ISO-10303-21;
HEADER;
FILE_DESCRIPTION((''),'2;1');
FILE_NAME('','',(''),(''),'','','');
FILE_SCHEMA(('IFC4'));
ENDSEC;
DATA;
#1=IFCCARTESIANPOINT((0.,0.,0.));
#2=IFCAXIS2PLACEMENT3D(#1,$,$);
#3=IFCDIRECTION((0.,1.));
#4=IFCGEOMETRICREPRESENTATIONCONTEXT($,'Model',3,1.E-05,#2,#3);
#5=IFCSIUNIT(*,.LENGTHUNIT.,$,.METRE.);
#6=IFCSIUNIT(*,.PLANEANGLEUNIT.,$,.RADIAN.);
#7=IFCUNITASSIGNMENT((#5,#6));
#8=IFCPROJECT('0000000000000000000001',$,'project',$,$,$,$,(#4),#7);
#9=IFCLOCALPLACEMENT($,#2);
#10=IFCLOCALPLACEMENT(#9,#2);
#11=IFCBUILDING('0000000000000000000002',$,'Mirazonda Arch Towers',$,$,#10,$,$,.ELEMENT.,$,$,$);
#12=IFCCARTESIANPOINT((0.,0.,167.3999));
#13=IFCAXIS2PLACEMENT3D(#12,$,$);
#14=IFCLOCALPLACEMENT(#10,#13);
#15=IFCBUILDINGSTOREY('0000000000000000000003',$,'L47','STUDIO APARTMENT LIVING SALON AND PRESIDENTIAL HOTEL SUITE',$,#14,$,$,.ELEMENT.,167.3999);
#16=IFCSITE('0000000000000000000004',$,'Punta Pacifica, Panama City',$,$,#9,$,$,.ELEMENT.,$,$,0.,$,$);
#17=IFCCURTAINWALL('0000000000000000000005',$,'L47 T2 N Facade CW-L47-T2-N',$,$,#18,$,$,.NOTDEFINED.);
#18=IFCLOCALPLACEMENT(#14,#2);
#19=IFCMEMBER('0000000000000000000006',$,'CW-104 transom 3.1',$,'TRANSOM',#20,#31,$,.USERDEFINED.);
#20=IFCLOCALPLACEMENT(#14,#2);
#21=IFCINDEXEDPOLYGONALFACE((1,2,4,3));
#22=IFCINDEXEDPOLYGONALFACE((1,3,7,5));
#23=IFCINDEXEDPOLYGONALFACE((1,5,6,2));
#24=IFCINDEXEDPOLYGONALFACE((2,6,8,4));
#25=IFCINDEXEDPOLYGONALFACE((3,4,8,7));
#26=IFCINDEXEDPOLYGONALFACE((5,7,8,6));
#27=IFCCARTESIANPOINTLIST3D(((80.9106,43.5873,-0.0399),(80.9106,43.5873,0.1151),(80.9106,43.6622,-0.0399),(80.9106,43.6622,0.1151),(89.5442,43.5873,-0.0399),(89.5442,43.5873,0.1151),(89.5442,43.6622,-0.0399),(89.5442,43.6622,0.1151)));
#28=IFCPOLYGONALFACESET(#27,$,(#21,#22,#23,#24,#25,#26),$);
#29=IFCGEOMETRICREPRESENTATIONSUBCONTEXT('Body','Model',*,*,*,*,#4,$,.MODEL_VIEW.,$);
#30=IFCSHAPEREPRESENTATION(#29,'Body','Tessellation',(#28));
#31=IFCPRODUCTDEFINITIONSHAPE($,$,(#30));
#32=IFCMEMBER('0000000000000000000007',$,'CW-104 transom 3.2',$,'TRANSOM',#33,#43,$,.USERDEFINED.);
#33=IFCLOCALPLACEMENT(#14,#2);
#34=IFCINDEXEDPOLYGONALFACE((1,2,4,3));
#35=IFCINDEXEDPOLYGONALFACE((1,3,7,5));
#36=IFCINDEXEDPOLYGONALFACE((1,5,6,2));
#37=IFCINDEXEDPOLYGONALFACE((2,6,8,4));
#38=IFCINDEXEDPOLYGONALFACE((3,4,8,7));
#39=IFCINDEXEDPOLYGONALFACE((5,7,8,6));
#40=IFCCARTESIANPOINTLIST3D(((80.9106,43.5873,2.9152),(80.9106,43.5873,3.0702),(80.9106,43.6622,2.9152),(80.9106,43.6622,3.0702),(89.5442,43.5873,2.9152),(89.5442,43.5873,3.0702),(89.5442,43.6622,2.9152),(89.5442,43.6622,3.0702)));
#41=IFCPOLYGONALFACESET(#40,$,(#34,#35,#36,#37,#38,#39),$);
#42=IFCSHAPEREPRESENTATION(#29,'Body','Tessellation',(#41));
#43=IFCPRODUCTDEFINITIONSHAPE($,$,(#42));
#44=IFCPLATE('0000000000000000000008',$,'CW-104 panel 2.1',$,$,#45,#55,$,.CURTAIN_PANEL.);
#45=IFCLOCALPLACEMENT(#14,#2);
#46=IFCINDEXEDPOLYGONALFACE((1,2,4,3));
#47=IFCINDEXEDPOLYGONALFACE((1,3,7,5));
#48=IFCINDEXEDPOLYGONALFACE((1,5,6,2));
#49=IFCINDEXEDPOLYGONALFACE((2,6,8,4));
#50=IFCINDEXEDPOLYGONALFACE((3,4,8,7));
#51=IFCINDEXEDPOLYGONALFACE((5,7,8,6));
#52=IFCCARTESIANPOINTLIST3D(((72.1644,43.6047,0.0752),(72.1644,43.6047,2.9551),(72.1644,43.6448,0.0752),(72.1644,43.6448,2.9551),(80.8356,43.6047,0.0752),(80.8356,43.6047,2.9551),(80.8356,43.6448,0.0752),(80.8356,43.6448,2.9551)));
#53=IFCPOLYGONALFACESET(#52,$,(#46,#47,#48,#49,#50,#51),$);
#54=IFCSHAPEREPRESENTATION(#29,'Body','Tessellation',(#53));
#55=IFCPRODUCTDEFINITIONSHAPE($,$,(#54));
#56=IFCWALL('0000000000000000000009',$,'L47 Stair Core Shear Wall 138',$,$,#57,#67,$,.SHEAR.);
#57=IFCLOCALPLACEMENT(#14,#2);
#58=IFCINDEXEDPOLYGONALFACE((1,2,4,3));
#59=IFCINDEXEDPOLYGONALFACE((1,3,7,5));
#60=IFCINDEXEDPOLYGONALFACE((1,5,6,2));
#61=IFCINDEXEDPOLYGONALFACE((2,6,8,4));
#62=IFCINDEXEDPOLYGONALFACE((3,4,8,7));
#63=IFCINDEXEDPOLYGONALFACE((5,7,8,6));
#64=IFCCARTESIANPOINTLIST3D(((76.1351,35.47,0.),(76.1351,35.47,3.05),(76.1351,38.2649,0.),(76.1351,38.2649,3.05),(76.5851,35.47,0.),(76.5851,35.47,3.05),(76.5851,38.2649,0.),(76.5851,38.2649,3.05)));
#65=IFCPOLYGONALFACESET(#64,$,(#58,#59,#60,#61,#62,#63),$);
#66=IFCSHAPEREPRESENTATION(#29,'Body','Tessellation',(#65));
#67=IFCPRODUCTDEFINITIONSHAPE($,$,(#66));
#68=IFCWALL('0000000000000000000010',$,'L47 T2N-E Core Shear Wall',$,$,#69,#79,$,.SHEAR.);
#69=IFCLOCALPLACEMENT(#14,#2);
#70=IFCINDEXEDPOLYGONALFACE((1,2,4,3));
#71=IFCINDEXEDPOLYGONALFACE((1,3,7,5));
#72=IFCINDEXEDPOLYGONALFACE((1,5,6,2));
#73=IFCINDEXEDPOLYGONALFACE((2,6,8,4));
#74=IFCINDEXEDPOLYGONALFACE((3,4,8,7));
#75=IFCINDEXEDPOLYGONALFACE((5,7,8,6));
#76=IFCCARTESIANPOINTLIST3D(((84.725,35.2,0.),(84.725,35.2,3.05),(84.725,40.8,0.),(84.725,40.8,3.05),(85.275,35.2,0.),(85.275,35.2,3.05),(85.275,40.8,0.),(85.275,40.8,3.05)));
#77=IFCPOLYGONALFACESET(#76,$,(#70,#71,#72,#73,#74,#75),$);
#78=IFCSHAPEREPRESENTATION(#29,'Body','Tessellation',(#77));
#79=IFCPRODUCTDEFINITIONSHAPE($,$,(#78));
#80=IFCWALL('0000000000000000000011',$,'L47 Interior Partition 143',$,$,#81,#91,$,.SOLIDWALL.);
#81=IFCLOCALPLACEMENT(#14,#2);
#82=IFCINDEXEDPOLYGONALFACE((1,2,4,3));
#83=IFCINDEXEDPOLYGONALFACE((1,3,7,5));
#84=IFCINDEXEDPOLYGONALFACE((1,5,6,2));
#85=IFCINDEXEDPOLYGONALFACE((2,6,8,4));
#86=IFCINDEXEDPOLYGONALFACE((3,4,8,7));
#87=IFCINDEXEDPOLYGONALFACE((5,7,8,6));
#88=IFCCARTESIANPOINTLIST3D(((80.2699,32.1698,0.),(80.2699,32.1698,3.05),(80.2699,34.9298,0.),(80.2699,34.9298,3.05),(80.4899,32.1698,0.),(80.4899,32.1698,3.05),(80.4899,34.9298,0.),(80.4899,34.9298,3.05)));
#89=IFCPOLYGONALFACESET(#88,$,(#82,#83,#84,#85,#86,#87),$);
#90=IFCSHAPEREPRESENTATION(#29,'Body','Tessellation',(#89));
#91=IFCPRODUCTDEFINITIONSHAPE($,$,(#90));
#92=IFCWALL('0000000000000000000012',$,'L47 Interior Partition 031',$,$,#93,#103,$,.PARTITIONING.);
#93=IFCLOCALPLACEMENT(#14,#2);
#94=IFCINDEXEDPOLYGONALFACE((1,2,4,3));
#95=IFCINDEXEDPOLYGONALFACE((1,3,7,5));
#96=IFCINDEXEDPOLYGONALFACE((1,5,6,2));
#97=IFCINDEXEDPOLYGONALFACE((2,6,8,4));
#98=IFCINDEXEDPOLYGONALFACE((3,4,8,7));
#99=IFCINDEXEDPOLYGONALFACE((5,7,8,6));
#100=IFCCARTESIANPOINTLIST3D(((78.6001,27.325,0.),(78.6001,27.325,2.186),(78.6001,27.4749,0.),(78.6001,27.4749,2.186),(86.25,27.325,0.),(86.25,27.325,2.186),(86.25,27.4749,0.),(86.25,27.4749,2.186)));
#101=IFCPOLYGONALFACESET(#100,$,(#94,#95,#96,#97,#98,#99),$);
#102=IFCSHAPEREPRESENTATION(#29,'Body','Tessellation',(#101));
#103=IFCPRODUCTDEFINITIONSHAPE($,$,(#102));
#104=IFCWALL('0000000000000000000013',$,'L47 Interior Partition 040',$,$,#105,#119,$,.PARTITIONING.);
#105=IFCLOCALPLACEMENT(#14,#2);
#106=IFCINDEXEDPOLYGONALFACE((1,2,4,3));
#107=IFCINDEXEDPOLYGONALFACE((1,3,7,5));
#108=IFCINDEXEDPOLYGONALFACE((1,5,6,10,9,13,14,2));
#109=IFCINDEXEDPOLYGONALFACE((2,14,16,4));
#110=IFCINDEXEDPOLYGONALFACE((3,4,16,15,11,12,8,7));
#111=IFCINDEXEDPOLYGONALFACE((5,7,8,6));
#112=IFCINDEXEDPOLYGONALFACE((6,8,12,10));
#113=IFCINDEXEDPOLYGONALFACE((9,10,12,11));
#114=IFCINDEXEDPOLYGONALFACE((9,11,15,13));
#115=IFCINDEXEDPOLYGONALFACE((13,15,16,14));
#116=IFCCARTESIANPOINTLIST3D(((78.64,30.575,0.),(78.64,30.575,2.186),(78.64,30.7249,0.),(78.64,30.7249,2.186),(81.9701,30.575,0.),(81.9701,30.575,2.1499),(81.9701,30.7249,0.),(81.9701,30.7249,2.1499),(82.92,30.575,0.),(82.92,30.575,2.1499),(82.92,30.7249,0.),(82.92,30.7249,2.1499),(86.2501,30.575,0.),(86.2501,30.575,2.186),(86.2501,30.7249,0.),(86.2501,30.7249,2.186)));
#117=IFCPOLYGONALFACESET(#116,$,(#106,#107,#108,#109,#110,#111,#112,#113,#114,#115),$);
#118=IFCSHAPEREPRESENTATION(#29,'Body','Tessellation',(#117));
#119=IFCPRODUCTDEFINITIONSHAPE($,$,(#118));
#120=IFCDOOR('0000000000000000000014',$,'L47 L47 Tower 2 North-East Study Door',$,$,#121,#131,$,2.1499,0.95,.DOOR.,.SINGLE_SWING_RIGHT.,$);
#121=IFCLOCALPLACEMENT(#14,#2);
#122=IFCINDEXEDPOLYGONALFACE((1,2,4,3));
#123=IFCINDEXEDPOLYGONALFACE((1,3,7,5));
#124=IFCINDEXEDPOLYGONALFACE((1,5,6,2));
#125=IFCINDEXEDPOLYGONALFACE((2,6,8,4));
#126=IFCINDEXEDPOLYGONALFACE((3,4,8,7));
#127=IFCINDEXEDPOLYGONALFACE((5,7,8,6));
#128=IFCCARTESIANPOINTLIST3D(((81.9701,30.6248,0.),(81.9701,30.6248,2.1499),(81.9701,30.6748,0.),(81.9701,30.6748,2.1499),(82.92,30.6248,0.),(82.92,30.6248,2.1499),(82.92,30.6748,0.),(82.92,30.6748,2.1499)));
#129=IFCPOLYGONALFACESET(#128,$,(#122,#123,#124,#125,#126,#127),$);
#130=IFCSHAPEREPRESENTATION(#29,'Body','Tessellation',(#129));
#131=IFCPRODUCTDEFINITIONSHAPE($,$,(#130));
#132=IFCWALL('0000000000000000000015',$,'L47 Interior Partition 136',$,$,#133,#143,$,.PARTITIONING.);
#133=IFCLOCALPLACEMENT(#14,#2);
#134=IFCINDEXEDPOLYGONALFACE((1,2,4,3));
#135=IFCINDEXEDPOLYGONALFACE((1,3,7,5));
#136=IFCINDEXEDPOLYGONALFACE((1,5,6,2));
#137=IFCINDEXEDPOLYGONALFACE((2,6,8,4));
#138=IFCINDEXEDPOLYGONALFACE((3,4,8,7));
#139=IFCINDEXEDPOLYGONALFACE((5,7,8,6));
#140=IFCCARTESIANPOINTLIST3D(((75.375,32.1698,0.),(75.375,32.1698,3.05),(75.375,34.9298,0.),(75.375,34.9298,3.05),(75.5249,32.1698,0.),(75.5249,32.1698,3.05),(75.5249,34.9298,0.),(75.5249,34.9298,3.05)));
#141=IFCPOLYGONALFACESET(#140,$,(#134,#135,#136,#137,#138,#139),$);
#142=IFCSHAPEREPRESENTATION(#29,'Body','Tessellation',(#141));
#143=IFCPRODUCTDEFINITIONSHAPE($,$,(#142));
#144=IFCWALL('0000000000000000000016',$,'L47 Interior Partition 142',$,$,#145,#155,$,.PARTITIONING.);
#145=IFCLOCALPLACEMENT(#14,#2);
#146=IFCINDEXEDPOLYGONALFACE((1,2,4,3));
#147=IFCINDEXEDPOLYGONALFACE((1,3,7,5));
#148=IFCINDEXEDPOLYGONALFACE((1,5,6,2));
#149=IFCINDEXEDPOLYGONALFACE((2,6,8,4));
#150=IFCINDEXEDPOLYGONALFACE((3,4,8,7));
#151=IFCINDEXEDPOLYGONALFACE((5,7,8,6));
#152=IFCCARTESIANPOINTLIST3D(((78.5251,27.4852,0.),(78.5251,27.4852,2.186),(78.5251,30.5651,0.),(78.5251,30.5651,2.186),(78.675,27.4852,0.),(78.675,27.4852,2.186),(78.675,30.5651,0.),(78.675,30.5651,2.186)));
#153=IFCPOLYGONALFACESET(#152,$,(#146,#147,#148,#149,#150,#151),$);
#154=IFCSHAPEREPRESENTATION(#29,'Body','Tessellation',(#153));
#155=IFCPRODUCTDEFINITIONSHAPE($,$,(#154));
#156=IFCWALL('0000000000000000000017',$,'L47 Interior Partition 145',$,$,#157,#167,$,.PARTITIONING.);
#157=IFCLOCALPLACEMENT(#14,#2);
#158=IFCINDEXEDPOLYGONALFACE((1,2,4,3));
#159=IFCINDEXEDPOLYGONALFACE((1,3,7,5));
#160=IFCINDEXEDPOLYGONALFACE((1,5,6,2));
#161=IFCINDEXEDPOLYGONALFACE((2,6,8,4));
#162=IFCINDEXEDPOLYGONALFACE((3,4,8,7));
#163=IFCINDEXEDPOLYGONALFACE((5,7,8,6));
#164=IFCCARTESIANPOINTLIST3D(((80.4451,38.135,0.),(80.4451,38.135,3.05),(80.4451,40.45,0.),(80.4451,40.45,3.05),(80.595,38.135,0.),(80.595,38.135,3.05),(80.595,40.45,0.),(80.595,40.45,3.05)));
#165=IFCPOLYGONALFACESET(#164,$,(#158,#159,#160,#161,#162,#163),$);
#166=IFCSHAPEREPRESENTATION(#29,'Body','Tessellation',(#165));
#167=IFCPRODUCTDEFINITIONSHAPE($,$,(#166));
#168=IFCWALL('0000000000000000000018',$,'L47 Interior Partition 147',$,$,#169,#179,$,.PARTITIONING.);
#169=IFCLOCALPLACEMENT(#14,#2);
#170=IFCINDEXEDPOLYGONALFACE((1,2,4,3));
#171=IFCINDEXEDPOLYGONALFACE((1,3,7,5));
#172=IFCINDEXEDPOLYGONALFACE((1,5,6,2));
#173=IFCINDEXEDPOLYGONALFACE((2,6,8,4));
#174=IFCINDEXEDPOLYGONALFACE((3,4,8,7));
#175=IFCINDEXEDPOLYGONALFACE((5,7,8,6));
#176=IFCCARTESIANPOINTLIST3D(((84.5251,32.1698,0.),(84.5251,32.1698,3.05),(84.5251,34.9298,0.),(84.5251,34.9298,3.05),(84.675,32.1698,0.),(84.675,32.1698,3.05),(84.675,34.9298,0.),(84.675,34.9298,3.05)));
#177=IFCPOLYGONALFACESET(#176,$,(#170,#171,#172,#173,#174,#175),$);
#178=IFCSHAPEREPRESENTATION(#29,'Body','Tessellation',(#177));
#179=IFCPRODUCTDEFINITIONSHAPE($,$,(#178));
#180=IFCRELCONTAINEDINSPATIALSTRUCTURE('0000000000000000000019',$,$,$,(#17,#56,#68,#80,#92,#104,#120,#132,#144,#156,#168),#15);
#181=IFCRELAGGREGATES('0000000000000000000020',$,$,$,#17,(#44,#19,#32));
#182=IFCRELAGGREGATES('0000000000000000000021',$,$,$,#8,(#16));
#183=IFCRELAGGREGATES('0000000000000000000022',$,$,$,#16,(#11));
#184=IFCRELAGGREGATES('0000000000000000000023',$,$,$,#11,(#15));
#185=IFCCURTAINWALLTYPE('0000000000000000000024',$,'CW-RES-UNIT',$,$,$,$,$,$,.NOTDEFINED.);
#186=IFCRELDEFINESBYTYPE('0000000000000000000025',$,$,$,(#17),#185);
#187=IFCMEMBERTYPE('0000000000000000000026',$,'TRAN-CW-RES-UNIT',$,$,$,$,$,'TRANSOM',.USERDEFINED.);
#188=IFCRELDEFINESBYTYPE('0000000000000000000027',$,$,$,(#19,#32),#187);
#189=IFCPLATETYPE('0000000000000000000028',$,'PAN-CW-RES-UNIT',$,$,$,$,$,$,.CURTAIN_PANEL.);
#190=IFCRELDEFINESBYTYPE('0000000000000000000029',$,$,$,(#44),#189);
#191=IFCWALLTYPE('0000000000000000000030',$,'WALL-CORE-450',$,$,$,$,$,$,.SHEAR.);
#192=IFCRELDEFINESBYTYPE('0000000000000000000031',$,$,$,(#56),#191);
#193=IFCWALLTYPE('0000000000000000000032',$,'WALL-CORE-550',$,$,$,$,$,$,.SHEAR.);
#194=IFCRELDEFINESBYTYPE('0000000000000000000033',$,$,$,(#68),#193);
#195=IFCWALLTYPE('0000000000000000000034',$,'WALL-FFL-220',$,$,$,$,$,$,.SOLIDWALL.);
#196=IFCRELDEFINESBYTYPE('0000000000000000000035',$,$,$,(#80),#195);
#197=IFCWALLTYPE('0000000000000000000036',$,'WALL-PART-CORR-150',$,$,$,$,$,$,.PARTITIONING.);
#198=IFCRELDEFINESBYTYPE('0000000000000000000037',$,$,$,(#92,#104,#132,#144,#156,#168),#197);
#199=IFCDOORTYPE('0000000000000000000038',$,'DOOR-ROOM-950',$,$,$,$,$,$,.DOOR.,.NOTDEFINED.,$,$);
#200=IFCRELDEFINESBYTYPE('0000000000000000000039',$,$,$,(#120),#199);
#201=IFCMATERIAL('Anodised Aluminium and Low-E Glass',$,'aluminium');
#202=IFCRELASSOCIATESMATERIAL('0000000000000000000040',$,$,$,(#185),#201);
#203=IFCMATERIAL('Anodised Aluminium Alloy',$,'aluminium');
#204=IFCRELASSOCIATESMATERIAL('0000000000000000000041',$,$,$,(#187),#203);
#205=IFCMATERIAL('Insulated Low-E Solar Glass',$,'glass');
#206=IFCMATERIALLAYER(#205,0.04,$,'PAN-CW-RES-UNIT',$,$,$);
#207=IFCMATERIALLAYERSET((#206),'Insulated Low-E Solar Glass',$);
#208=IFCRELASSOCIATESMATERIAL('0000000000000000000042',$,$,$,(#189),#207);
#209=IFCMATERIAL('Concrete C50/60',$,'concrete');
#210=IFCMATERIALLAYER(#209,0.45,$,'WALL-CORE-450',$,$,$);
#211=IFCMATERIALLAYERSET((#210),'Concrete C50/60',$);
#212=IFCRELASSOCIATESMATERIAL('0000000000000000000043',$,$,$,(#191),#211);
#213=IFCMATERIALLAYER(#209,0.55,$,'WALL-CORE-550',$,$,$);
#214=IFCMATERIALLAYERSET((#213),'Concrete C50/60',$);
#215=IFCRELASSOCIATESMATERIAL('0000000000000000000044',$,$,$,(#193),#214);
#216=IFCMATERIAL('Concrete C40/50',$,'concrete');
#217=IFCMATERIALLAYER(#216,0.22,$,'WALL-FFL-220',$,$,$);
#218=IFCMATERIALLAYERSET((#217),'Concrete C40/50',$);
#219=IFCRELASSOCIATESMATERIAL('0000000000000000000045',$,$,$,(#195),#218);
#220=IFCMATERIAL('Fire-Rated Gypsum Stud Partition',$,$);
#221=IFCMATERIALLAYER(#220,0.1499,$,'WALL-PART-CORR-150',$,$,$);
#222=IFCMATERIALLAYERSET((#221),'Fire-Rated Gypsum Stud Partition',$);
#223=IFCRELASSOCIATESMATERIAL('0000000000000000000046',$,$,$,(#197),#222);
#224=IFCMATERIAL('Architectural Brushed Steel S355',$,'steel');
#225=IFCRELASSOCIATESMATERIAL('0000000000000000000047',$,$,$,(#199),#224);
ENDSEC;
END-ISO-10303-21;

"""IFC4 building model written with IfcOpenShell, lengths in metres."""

from ifc_helpers import new_model, si_unit, direction, frame, frame_2d, origin, origin_2d, place, context, subcontext, project, spatial, rectangle, extrude, material, layer, layer_set, material_profile, profile_set, type_object, element, fill, aggregate, save


model = new_model("IFC4")

# Units and contexts
model_context = context("Model", 3, precision=1e-05, world=origin(), true_north=direction((0.0, 1.0)))
body_context = subcontext(model_context, "Body", "Model", "MODEL_VIEW")
ifc_project = project(units=[si_unit("LENGTHUNIT", "METRE"), si_unit("PLANEANGLEUNIT", "RADIAN")], contexts=[model_context])

# Site, building, storey
site_placement = place(None, origin())
site = spatial("IfcSite", under=ifc_project, at=site_placement, Name="Punta Pacifica, Panama City", CompositionType="ELEMENT", RefElevation=0.0)
building_placement = place(site_placement, origin())
building = spatial("IfcBuilding", under=site, at=building_placement, Name="Mirazonda Arch Towers", CompositionType="ELEMENT")
storey_placement = place(building_placement, frame((0.0, 0.0, 167.3999)))
storey = spatial("IfcBuildingStorey", under=building, at=storey_placement, Name="L47", Description="STUDIO APARTMENT LIVING SALON AND PRESIDENTIAL HOTEL SUITE", CompositionType="ELEMENT", Elevation=167.3999)

# Shared definitions
ifc_material_1 = material(Name="Concrete C50/60", Category="concrete")

# Curtain wall, members, plate
ifc_material_2 = material(Name="Anodised Aluminium and Low-E Glass", Category="aluminium")
curtain_wall_type = type_object("IfcCurtainWallType", Name="CW-RES-UNIT", PredefinedType="NOTDEFINED", material=ifc_material_2)
curtain_wall_placement = place(storey_placement, origin())
curtain_wall = element("IfcCurtainWall", 1, at=curtain_wall_placement, inside=storey, type_object=curtain_wall_type, Name="L47 T2 N Facade CW-L47-T2-N", PredefinedType="NOTDEFINED")
ifc_material_3 = material(Name="Anodised Aluminium Alloy", Category="aluminium")
ifc_material_profile_1 = material_profile(ifc_material_3, rectangle(XDim=0.075, YDim=0.155, at=origin_2d()), Name="ALU-TRAN-75x155")
ifc_profile_set_1 = profile_set([ifc_material_profile_1], Name="Anodised Aluminium Alloy")
member_type_1 = type_object("IfcMemberType", Name="TRAN-CW-RES-UNIT", ElementType="TRANSOM", PredefinedType="USERDEFINED", material=ifc_profile_set_1)
member_1_placement = place(storey_placement, frame((80.9106, 43.6248, 0.0376), z_axis=(1.0, 0.0, 0.0), x_axis=(0.0, 1.0, 0.0)))
member_1 = element("IfcMember", 2, at=member_1_placement, type_object=member_type_1, Name="CW-104 transom 3.1", ObjectType="TRANSOM", PredefinedType="USERDEFINED", context=body_context, shape_type="SweptSolid", body=[
    extrude(rectangle(XDim=0.075, YDim=0.155, at=origin_2d()), origin(), (0.0, 0.0, 1.0), 8.6335),
])
member_2_placement = place(storey_placement, frame((80.9106, 43.6248, 2.9927), z_axis=(1.0, 0.0, 0.0), x_axis=(0.0, 1.0, 0.0)))
member_2 = element("IfcMember", 3, at=member_2_placement, type_object=member_type_1, Name="CW-104 transom 3.2", ObjectType="TRANSOM", PredefinedType="USERDEFINED", context=body_context, shape_type="SweptSolid", body=[
    extrude(rectangle(XDim=0.075, YDim=0.155, at=origin_2d()), origin(), (0.0, 0.0, 1.0), 8.6335),
])
ifc_material_4 = material(Name="Insulated Low-E Solar Glass", Category="glass")
ifc_layer_1 = layer(ifc_material_4, 0.04, Name="PAN-CW-RES-UNIT")
ifc_layer_set_1 = layer_set([ifc_layer_1], Name="Insulated Low-E Solar Glass")
plate_type = type_object("IfcPlateType", Name="PAN-CW-RES-UNIT", PredefinedType="CURTAIN_PANEL", material=ifc_layer_set_1)
plate_placement = place(storey_placement, frame((76.5, 43.6248, 0.0752), z_axis=(0.0, 0.0, 1.0), x_axis=(1.0, 0.0, 0.0)))
plate = element("IfcPlate", 4, at=plate_placement, type_object=plate_type, Name="CW-104 panel 2.1", PredefinedType="CURTAIN_PANEL", context=body_context, shape_type="SweptSolid", body=[
    extrude(rectangle(XDim=8.6711, YDim=0.04, at=origin_2d()), origin(), (0.0, 0.0, 1.0), 2.8799),
])
aggregate(curtain_wall, [plate, member_1, member_2])

# Walls
ifc_layer_2 = layer(ifc_material_1, 0.45, Name="WALL-CORE-450")
ifc_layer_set_2 = layer_set([ifc_layer_2], Name="Concrete C50/60")
wall_type_1 = type_object("IfcWallType", Name="WALL-CORE-450", PredefinedType="SHEAR", material=ifc_layer_set_2)
wall_1_placement = place(storey_placement, frame((76.3601, 35.47, 0.0), z_axis=(0.0, 0.0, 1.0), x_axis=(0.0, 1.0, 0.0)))
element("IfcWall", 5, at=wall_1_placement, inside=storey, type_object=wall_type_1, Name="L47 Stair Core Shear Wall 138", PredefinedType="SHEAR", context=body_context, shape_type="SweptSolid", body=[
    extrude(rectangle(XDim=2.7949, YDim=0.45, at=frame_2d((1.3975, 0.0))), origin(), (0.0, 0.0, 1.0), 3.05),
])
ifc_layer_3 = layer(ifc_material_1, 0.55, Name="WALL-CORE-550")
ifc_layer_set_3 = layer_set([ifc_layer_3], Name="Concrete C50/60")
wall_type_2 = type_object("IfcWallType", Name="WALL-CORE-550", PredefinedType="SHEAR", material=ifc_layer_set_3)
wall_2_placement = place(storey_placement, frame((85.0, 35.2, 0.0), z_axis=(0.0, 0.0, 1.0), x_axis=(0.0, 1.0, 0.0)))
element("IfcWall", 6, at=wall_2_placement, inside=storey, type_object=wall_type_2, Name="L47 T2N-E Core Shear Wall", PredefinedType="SHEAR", context=body_context, shape_type="SweptSolid", body=[
    extrude(rectangle(XDim=5.6001, YDim=0.55, at=frame_2d((2.8, 0.0))), origin(), (0.0, 0.0, 1.0), 3.05),
])
ifc_material_5 = material(Name="Concrete C40/50", Category="concrete")
ifc_layer_4 = layer(ifc_material_5, 0.22, Name="WALL-FFL-220")
ifc_layer_set_4 = layer_set([ifc_layer_4], Name="Concrete C40/50")
wall_type_3 = type_object("IfcWallType", Name="WALL-FFL-220", PredefinedType="SOLIDWALL", material=ifc_layer_set_4)
wall_3_placement = place(storey_placement, frame((80.3799, 32.1699, 0.0), z_axis=(0.0, 0.0, 1.0), x_axis=(0.0, 1.0, 0.0)))
element("IfcWall", 7, at=wall_3_placement, inside=storey, type_object=wall_type_3, Name="L47 Interior Partition 143", PredefinedType="SOLIDWALL", context=body_context, shape_type="SweptSolid", body=[
    extrude(rectangle(XDim=2.76, YDim=0.22, at=frame_2d((1.3799, 0.0))), origin(), (0.0, 0.0, 1.0), 3.05),
])
ifc_material_6 = material(Name="Fire-Rated Gypsum Stud Partition")
ifc_layer_5 = layer(ifc_material_6, 0.1499, Name="WALL-PART-CORR-150")
ifc_layer_set_5 = layer_set([ifc_layer_5], Name="Fire-Rated Gypsum Stud Partition")
wall_type_4 = type_object("IfcWallType", Name="WALL-PART-CORR-150", PredefinedType="PARTITIONING", material=ifc_layer_set_5)
wall_4_placement = place(storey_placement, frame((78.6001, 27.3999, 0.0), z_axis=(0.0, 0.0, 1.0), x_axis=(1.0, 0.0, 0.0)))
element("IfcWall", 8, at=wall_4_placement, inside=storey, type_object=wall_type_4, Name="L47 Interior Partition 031", PredefinedType="PARTITIONING", context=body_context, shape_type="SweptSolid", body=[
    extrude(rectangle(XDim=7.6499, YDim=0.1499, at=frame_2d((3.825, 0.0))), origin(), (0.0, 0.0, 1.0), 2.186),
])

# Wall, opening, door
wall_5_placement = place(storey_placement, frame((78.6399, 30.6499, 0.0), z_axis=(0.0, 0.0, 1.0), x_axis=(1.0, 0.0, 0.0)))
wall_5 = element("IfcWall", 9, at=wall_5_placement, inside=storey, type_object=wall_type_4, Name="L47 Interior Partition 040", PredefinedType="PARTITIONING", context=body_context, shape_type="SweptSolid", body=[
    extrude(rectangle(XDim=7.6101, YDim=0.1499, at=frame_2d((3.8052, 0.0))), origin(), (0.0, 0.0, 1.0), 2.186),
])
opening_placement = place(wall_5_placement, frame((3.3301, 0.0, 0.0)))
opening = element("IfcOpeningElement", 10, at=opening_placement, cuts=wall_5, PredefinedType="OPENING", context=body_context, shape_type="SweptSolid", body=[
    extrude(rectangle(XDim=0.95, YDim=2.1499, at=frame_2d((0.4751, 1.075))), frame((0.0, 0.085, 0.0), z_axis=(0.0, -1.0, 0.0), x_axis=(1.0, 0.0, 0.0)), (0.0, 0.0, 1.0), 0.1699),
])
ifc_material_7 = material(Name="Architectural Brushed Steel S355", Category="steel")
door_type = type_object("IfcDoorType", Name="DOOR-ROOM-950", OperationType="NOTDEFINED", PredefinedType="DOOR", material=ifc_material_7)
door_placement = place(opening_placement, origin())
door = element("IfcDoor", 11, at=door_placement, inside=storey, type_object=door_type, Name="L47 L47 Tower 2 North-East Study Door", OperationType="SINGLE_SWING_RIGHT", OverallHeight=2.1499, OverallWidth=0.95, PredefinedType="DOOR", context=body_context, shape_type="SweptSolid", body=[
    extrude(rectangle(XDim=0.95, YDim=2.1499, at=frame_2d((0.4751, 1.075))), frame((0.0, 0.0249, 0.0), z_axis=(0.0, -1.0, 0.0), x_axis=(1.0, 0.0, 0.0)), (0.0, 0.0, 1.0), 0.05),
])
fill(opening, door)

# Walls
wall_6_placement = place(storey_placement, frame((75.45, 32.1699, 0.0), z_axis=(0.0, 0.0, 1.0), x_axis=(0.0, 1.0, 0.0)))
element("IfcWall", 12, at=wall_6_placement, inside=storey, type_object=wall_type_4, Name="L47 Interior Partition 136", PredefinedType="PARTITIONING", context=body_context, shape_type="SweptSolid", body=[
    extrude(rectangle(XDim=2.76, YDim=0.1499, at=frame_2d((1.3799, 0.0))), origin(), (0.0, 0.0, 1.0), 3.05),
])
wall_7_placement = place(storey_placement, frame((78.6001, 27.4851, 0.0), z_axis=(0.0, 0.0, 1.0), x_axis=(0.0, 1.0, 0.0)))
element("IfcWall", 13, at=wall_7_placement, inside=storey, type_object=wall_type_4, Name="L47 Interior Partition 142", PredefinedType="PARTITIONING", context=body_context, shape_type="SweptSolid", body=[
    extrude(rectangle(XDim=3.0798, YDim=0.1499, at=frame_2d((1.54, 0.0))), origin(), (0.0, 0.0, 1.0), 2.186),
])
wall_8_placement = place(storey_placement, frame((80.52, 38.135, 0.0), z_axis=(0.0, 0.0, 1.0), x_axis=(0.0, 1.0, 0.0)))
element("IfcWall", 14, at=wall_8_placement, inside=storey, type_object=wall_type_4, Name="L47 Interior Partition 145", PredefinedType="PARTITIONING", context=body_context, shape_type="SweptSolid", body=[
    extrude(rectangle(XDim=2.3149, YDim=0.1499, at=frame_2d((1.1575, 0.0))), origin(), (0.0, 0.0, 1.0), 3.05),
])
wall_9_placement = place(storey_placement, frame((84.6001, 32.1699, 0.0), z_axis=(0.0, 0.0, 1.0), x_axis=(0.0, 1.0, 0.0)))
element("IfcWall", 15, at=wall_9_placement, inside=storey, type_object=wall_type_4, Name="L47 Interior Partition 147", PredefinedType="PARTITIONING", context=body_context, shape_type="SweptSolid", body=[
    extrude(rectangle(XDim=2.76, YDim=0.1499, at=frame_2d((1.3799, 0.0))), origin(), (0.0, 0.0, 1.0), 3.05),
])

save(model, "model.ifc")
